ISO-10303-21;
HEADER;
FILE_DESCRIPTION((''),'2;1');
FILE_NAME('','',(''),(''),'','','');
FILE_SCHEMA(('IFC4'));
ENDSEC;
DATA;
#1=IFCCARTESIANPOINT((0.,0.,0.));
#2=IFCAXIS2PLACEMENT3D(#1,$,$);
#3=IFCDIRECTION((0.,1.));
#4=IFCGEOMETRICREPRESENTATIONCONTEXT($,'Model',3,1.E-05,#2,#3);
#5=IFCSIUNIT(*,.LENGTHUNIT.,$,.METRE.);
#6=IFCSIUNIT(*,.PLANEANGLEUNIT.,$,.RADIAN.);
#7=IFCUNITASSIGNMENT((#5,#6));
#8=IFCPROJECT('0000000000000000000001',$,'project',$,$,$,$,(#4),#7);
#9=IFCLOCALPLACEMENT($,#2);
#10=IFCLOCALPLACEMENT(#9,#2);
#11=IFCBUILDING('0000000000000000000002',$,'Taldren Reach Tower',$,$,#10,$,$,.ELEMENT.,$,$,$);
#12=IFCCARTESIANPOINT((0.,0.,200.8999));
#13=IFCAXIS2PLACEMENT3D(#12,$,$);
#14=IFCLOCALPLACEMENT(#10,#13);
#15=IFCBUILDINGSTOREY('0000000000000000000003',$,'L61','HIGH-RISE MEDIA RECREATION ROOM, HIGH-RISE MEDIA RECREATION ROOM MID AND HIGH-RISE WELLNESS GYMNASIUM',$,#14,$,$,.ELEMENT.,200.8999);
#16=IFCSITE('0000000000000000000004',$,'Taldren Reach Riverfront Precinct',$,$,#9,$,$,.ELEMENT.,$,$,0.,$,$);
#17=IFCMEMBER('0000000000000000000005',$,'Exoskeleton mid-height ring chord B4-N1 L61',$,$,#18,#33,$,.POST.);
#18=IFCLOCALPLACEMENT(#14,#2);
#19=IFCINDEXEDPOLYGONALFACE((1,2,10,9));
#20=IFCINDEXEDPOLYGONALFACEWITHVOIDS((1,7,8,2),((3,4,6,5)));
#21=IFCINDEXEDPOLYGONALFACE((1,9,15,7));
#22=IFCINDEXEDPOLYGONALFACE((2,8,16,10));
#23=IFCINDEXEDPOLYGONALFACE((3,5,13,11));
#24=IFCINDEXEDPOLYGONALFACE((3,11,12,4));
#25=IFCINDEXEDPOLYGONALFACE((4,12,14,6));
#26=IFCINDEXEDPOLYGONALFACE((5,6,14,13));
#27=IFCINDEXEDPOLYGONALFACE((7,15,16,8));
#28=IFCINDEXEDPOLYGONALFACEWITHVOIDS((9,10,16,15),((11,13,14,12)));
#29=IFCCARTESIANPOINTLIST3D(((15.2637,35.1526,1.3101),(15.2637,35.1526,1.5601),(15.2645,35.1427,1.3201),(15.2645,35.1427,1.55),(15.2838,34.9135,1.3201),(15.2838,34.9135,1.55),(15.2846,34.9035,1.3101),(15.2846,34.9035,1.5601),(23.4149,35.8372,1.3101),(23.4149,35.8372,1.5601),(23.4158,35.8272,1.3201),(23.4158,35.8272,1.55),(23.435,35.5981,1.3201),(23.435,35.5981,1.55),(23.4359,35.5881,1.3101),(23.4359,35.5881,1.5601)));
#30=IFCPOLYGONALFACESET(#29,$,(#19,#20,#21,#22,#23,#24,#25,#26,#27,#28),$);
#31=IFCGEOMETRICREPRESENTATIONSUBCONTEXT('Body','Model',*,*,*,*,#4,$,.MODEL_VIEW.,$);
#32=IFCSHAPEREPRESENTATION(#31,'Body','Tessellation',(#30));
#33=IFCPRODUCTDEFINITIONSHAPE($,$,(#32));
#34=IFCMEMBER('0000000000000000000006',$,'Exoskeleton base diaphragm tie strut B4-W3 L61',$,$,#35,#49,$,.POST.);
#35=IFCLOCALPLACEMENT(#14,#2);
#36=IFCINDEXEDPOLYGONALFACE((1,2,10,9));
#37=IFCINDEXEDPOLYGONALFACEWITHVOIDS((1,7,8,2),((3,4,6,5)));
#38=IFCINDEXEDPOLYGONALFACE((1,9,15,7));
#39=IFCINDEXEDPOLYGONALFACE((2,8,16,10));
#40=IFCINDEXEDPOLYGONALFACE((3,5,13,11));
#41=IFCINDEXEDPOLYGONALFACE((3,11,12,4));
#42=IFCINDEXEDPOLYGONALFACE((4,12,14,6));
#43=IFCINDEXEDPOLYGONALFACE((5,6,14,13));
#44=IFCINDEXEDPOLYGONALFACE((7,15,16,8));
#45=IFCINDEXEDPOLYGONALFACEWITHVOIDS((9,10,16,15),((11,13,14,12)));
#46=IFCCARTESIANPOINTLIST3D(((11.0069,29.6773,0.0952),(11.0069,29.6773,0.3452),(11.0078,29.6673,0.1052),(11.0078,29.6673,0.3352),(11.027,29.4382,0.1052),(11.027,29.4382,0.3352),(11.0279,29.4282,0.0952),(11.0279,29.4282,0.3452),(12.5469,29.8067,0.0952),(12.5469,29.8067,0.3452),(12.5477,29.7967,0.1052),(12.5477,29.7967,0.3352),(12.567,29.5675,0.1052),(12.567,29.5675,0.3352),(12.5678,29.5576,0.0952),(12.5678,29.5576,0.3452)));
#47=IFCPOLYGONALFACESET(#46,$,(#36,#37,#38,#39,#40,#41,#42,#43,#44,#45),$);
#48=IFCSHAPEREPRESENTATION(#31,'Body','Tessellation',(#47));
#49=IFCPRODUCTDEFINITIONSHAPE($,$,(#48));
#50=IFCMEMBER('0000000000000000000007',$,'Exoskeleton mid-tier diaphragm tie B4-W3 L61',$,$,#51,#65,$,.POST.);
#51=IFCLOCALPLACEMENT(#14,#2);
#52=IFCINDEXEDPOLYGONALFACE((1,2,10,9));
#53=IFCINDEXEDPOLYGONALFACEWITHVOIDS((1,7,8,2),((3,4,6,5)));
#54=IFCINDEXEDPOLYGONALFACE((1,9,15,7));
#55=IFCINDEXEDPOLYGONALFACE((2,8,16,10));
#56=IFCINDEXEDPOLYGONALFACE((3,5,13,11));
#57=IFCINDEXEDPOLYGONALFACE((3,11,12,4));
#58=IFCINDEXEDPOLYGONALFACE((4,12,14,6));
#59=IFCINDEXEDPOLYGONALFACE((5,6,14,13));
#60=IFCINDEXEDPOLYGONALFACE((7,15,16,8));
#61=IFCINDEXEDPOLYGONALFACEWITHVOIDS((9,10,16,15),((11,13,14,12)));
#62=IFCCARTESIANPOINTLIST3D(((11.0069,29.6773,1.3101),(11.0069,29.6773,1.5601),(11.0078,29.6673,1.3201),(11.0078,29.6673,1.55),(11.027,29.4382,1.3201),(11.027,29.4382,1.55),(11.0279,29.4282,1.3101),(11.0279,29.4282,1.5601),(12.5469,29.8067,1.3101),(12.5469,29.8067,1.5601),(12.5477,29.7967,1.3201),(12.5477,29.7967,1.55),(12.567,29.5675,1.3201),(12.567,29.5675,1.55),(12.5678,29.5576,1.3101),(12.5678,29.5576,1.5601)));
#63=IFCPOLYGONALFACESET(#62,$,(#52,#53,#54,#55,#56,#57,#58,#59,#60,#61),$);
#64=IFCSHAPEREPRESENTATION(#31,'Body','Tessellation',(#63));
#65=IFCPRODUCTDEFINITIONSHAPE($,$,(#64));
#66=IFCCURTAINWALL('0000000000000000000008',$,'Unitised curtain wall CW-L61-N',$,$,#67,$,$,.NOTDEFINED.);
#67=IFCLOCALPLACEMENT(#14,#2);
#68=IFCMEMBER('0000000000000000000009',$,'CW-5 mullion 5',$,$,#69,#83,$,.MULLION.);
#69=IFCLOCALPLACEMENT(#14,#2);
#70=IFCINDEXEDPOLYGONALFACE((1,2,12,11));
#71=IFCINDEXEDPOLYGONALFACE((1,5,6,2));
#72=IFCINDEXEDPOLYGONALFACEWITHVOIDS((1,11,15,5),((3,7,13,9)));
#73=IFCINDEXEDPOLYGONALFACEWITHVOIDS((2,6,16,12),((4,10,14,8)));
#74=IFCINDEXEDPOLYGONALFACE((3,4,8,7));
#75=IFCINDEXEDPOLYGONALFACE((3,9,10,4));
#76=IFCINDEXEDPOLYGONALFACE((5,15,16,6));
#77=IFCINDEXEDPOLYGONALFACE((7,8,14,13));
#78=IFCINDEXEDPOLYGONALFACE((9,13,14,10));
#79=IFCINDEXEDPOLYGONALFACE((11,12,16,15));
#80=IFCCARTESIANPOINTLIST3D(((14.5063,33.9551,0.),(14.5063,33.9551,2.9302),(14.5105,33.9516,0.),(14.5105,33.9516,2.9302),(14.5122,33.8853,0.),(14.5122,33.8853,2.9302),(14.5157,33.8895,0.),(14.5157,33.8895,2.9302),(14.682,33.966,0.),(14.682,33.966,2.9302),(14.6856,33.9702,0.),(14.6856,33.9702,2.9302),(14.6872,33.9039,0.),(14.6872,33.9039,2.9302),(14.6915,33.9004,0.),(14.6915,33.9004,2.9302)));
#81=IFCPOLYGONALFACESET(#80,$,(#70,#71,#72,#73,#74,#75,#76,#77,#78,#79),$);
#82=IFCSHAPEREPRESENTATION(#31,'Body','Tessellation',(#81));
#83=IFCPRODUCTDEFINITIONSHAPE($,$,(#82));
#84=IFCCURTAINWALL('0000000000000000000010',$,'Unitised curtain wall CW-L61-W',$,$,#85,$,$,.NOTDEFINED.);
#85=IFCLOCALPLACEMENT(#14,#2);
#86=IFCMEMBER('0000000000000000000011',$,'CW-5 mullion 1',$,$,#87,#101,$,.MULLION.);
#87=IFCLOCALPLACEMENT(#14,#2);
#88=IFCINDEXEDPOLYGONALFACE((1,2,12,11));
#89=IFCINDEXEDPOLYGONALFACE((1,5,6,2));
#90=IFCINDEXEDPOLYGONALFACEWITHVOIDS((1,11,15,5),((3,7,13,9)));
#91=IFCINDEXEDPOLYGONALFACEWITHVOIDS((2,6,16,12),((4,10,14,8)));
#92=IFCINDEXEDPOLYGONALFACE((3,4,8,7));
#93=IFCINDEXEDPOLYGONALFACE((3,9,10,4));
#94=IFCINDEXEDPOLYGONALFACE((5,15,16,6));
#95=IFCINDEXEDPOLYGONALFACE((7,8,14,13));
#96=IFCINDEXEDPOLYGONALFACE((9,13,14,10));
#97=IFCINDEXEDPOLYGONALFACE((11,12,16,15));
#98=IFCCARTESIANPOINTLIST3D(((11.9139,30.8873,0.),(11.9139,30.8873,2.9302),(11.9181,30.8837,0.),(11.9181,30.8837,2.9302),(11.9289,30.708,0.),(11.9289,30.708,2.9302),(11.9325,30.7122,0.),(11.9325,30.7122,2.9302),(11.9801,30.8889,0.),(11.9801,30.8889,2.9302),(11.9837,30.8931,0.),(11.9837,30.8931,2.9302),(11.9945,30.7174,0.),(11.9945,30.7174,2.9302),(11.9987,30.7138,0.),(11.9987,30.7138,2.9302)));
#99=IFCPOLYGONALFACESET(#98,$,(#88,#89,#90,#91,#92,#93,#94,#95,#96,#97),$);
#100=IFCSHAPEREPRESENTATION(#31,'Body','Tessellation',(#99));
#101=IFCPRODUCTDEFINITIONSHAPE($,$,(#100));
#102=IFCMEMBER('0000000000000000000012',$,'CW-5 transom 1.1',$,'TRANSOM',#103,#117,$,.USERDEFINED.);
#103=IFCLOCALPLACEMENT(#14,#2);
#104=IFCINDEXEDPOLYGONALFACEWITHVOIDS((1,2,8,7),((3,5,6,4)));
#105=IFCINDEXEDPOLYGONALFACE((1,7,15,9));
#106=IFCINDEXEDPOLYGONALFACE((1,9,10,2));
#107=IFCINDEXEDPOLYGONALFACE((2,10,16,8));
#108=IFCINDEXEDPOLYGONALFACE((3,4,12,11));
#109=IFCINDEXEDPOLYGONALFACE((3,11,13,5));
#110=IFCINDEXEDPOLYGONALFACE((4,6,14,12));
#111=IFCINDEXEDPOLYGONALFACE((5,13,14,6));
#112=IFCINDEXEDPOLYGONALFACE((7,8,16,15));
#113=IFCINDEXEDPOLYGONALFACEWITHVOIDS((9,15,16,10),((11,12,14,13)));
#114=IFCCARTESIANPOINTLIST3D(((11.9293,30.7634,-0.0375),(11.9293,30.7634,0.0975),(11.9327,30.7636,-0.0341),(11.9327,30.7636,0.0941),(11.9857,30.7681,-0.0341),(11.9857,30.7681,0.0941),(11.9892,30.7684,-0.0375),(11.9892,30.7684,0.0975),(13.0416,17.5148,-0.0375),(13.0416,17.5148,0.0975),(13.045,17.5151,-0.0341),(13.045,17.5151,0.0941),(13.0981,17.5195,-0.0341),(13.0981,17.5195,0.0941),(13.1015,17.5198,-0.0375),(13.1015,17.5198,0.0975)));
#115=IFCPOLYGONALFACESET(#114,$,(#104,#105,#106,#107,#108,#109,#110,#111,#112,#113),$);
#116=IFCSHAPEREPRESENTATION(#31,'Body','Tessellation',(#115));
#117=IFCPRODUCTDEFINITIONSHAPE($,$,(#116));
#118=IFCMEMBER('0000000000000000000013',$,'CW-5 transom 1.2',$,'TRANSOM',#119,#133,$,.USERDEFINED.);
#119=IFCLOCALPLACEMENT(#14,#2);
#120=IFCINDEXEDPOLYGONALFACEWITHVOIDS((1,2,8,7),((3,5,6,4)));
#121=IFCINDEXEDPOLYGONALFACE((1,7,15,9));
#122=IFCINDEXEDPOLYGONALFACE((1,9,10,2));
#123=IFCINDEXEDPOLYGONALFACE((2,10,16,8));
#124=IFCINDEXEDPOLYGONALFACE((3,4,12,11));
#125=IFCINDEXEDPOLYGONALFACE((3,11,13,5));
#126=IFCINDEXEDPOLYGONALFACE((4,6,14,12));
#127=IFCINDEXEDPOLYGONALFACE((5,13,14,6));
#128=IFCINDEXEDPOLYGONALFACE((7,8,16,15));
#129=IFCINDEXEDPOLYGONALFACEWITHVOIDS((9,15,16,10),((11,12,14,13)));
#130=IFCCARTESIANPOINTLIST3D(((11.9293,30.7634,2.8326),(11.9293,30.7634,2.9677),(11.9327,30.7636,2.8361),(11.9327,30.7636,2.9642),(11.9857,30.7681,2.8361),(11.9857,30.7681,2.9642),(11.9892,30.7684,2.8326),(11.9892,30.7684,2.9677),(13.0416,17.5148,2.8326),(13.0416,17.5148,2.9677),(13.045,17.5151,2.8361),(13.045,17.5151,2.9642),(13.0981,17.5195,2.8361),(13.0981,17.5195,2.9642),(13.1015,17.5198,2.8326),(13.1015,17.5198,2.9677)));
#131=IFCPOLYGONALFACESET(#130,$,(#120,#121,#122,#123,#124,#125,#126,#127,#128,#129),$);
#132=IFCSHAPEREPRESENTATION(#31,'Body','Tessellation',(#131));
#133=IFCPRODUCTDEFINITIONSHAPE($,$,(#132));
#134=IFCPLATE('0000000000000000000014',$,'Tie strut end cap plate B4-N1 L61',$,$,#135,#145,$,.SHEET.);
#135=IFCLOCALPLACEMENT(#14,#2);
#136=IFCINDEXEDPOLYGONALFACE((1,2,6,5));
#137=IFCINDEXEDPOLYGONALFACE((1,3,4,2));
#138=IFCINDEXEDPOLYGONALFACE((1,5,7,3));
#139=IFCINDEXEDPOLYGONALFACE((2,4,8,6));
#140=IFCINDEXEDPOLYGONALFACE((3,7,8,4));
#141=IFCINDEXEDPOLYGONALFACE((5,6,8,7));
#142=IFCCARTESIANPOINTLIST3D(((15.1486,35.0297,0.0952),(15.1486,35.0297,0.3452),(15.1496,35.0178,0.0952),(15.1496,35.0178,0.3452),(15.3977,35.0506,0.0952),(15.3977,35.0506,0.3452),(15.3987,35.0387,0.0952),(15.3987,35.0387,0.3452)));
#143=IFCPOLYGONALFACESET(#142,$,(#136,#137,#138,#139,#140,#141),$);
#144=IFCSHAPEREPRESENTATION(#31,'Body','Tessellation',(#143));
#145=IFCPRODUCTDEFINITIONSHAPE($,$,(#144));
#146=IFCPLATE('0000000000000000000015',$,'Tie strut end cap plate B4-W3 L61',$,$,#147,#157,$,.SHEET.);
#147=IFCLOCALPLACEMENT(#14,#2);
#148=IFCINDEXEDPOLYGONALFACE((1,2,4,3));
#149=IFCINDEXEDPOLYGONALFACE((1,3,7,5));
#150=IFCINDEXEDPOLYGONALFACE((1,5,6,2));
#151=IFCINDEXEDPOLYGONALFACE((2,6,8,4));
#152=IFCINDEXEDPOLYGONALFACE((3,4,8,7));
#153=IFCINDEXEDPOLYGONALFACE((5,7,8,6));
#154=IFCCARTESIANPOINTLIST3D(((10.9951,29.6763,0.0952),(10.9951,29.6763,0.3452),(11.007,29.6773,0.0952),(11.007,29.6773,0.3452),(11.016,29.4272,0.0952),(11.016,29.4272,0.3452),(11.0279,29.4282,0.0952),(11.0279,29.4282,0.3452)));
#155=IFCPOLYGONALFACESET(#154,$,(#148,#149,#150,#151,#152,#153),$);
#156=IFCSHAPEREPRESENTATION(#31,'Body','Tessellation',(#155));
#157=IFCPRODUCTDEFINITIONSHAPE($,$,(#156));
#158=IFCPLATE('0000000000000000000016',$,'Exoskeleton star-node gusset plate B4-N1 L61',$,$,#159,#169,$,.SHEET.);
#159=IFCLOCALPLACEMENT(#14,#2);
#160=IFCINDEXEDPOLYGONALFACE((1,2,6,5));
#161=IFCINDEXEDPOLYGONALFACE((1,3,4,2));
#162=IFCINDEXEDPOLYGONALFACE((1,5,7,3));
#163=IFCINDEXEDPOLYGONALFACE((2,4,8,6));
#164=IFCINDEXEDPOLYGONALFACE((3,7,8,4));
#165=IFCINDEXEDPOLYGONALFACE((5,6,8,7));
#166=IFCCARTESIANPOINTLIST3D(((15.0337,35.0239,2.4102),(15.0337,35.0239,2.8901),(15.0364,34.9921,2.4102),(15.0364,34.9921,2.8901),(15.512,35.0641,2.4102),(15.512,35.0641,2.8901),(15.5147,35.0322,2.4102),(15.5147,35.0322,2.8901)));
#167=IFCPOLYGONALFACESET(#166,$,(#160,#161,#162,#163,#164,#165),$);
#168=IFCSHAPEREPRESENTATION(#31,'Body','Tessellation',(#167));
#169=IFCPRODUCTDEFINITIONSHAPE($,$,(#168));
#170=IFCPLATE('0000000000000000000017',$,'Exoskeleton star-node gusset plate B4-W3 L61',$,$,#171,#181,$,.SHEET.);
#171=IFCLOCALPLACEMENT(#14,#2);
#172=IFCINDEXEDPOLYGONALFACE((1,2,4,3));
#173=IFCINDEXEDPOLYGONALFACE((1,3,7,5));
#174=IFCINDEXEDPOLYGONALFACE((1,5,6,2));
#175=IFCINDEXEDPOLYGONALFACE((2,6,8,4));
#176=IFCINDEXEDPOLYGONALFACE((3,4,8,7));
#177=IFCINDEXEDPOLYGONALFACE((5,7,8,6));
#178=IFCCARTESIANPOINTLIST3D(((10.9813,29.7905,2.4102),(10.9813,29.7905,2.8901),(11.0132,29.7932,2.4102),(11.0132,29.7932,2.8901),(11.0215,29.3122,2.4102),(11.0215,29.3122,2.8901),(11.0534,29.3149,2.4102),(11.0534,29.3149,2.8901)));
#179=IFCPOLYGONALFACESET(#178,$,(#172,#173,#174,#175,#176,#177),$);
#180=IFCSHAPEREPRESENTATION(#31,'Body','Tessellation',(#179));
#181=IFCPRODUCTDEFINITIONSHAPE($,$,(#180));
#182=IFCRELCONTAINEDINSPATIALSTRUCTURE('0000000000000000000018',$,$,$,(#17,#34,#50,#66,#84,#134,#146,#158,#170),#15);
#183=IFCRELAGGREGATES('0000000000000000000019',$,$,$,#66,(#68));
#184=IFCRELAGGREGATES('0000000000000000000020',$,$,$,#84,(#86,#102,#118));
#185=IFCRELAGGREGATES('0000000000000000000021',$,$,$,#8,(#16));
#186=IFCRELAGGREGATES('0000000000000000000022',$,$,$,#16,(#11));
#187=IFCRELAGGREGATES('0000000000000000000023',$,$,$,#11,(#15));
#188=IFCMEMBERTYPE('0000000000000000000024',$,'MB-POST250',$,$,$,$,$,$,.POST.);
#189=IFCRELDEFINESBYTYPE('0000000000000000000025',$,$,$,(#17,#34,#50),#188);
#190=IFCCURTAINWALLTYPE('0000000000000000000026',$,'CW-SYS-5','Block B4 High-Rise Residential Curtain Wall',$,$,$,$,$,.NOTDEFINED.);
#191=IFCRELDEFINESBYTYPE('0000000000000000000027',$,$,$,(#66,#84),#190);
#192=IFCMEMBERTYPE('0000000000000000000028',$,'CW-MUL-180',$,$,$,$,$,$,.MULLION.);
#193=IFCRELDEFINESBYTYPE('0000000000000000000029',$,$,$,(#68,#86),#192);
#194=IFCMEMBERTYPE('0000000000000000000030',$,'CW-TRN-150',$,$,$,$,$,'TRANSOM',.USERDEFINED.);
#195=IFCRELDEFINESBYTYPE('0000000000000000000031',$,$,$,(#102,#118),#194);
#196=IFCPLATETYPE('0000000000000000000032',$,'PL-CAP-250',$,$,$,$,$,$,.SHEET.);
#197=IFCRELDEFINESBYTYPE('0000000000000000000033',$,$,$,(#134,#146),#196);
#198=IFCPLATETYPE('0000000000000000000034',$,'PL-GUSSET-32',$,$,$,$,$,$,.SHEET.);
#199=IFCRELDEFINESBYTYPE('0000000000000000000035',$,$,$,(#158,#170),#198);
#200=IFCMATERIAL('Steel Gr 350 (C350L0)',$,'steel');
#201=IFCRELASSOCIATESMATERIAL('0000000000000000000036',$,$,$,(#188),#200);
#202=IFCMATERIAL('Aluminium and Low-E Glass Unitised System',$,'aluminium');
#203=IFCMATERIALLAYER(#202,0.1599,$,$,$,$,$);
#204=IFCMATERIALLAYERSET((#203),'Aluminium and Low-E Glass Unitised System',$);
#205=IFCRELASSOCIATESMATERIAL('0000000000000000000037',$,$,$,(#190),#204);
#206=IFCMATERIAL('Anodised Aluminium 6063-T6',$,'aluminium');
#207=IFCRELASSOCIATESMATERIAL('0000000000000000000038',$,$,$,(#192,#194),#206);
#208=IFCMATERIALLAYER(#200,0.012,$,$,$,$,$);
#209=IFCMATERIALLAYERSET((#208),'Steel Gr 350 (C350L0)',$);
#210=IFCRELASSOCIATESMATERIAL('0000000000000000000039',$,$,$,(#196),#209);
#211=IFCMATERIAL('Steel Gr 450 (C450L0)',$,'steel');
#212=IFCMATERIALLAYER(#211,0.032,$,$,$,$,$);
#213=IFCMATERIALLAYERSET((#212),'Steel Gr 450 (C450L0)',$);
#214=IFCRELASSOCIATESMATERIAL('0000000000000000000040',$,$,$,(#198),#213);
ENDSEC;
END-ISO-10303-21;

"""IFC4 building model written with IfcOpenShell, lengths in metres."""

from ifc_helpers import new_model, si_unit, direction, frame, origin, origin_2d, place, context, subcontext, project, spatial, rectangle, hollow_rectangle, extrude, source, transform, mapped, material, layer, layer_set, material_profile, profile_set, type_object, element, aggregate, save


model = new_model("IFC4")

# Units and contexts
model_context = context("Model", 3, precision=1e-05, world=origin(), true_north=direction((0.0, 1.0)))
body_context = subcontext(model_context, "Body", "Model", "MODEL_VIEW")
ifc_project = project(units=[si_unit("LENGTHUNIT", "METRE"), si_unit("PLANEANGLEUNIT", "RADIAN")], contexts=[model_context])

# Site, building, storey
site_placement = place(None, origin())
site = spatial("IfcSite", under=ifc_project, at=site_placement, Name="Taldren Reach Riverfront Precinct", CompositionType="ELEMENT", RefElevation=0.0)
building_placement = place(site_placement, origin())
building = spatial("IfcBuilding", under=site, at=building_placement, Name="Taldren Reach Tower", CompositionType="ELEMENT")
storey_placement = place(building_placement, frame((0.0, 0.0, 200.8999)))
storey = spatial("IfcBuildingStorey", under=building, at=storey_placement, Name="L61", Description="HIGH-RISE MEDIA RECREATION ROOM, HIGH-RISE MEDIA RECREATION ROOM MID AND HIGH-RISE WELLNESS GYMNASIUM", CompositionType="ELEMENT", Elevation=200.8999)

# Shared definitions
ifc_material_1 = material(Name="Steel Gr 350 (C350L0)", Category="steel")

# Shared definitions
ifc_material_profile_1 = material_profile(ifc_material_1, hollow_rectangle(XDim=0.25, YDim=0.25, WallThickness=0.01, at=origin_2d()), Name="250x250x10.0SHS")
ifc_profile_set_1 = profile_set([ifc_material_profile_1], Name="Steel Gr 350 (C350L0)")
member_type_1 = type_object("IfcMemberType", Name="MB-POST250", PredefinedType="POST", material=ifc_profile_set_1)

# Members
ifc_material_2 = material(Name="Steel Gr 450 (C450L0)", Category="steel")
shared_shape_1 = source(origin(), body_context, "Body", "SweptSolid", [
    extrude(hollow_rectangle(XDim=0.25, YDim=0.25, WallThickness=0.01, at=origin_2d()), origin(), (0.0, 0.0, 1.0), 8.1799),
])
member_1_placement = place(storey_placement, frame((15.2742, 35.0281, 1.4351), z_axis=(0.996492, 0.08369, 0.0), x_axis=(-0.08369, 0.996492, 0.0)))
element("IfcMember", 1, at=member_1_placement, inside=storey, type_object=member_type_1, Name="Exoskeleton mid-height ring chord B4-N1 L61", PredefinedType="POST", context=body_context, shape_type="MappedRepresentation", body=[
    mapped(shared_shape_1, transform((0.0, 0.0, 0.0), scale=1.0)),
])
shared_shape_2 = source(origin(), body_context, "Body", "SweptSolid", [
    extrude(hollow_rectangle(XDim=0.25, YDim=0.25, WallThickness=0.01, at=origin_2d()), origin(), (0.0, 0.0, 1.0), 1.5454),
])
for number, where, z_axis, x_axis, name in (
    (2, (12.5574, 29.6821, 0.2202), (-0.996489, -0.083725, 0.0), (0.083725, -0.996489, 0.0), "Exoskeleton base diaphragm tie strut B4-W3 L61"),
    (3, (12.5574, 29.6821, 1.4351), (-0.996489, -0.083725, 0.0), (0.083725, -0.996489, 0.0), "Exoskeleton mid-tier diaphragm tie B4-W3 L61"),
):
    element("IfcMember", number, at=place(storey_placement, frame(where, z_axis=z_axis, x_axis=x_axis)), inside=storey, type_object=member_type_1, Name=name, PredefinedType="POST", context=body_context, shape_type="MappedRepresentation", body=[
        mapped(shared_shape_2, transform((0.0, 0.0, 0.0), scale=1.0)),
    ])

# Curtain wall, member
ifc_material_3 = material(Name="Aluminium and Low-E Glass Unitised System", Category="aluminium")
ifc_layer_1 = layer(ifc_material_3, 0.1599)
ifc_layer_set_1 = layer_set([ifc_layer_1], Name="Aluminium and Low-E Glass Unitised System")
curtain_wall_type = type_object("IfcCurtainWallType", Name="CW-SYS-5", Description="Block B4 High-Rise Residential Curtain Wall", PredefinedType="NOTDEFINED", material=ifc_layer_set_1)
curtain_wall_1_placement = place(storey_placement, origin())
curtain_wall_1 = element("IfcCurtainWall", 4, at=curtain_wall_1_placement, inside=storey, type_object=curtain_wall_type, Name="Unitised curtain wall CW-L61-N", PredefinedType="NOTDEFINED")
ifc_material_4 = material(Name="Anodised Aluminium 6063-T6", Category="aluminium")
ifc_material_profile_2 = material_profile(ifc_material_4, hollow_rectangle(XDim=0.0701, YDim=0.1799, WallThickness=0.0039, at=origin_2d()), Name="ALU-180x70x4RHS")
ifc_profile_set_2 = profile_set([ifc_material_profile_2], Name="Anodised Aluminium 6063-T6")
member_type_2 = type_object("IfcMemberType", Name="CW-MUL-180", PredefinedType="MULLION", material=ifc_profile_set_2)
shared_shape_3 = source(origin(), body_context, "Body", "SweptSolid", [
    extrude(hollow_rectangle(XDim=0.0701, YDim=0.1799, WallThickness=0.0039, at=origin_2d()), origin(), (0.0, 0.0, 1.0), 2.9302),
])
member_2_placement = place(storey_placement, frame((14.5989, 33.9277, 0.0), z_axis=(0.0, 0.0, 1.0), x_axis=(0.083678, -0.996493, 0.0)))
member_2 = element("IfcMember", 5, at=member_2_placement, type_object=member_type_2, Name="CW-5 mullion 5", PredefinedType="MULLION", context=body_context, shape_type="MappedRepresentation", body=[
    mapped(shared_shape_3, transform((0.0, 0.0, 0.0), scale=1.0)),
])
aggregate(curtain_wall_1, [member_2])

# Curtain wall, members
curtain_wall_2_placement = place(storey_placement, origin())
curtain_wall_2 = element("IfcCurtainWall", 6, at=curtain_wall_2_placement, inside=storey, type_object=curtain_wall_type, Name="Unitised curtain wall CW-L61-W", PredefinedType="NOTDEFINED")
member_3_placement = place(storey_placement, frame((11.9563, 30.8005, 0.0), z_axis=(0.0, 0.0, 1.0), x_axis=(0.996493, 0.083678, 0.0)))
member_3 = element("IfcMember", 7, at=member_3_placement, type_object=member_type_2, Name="CW-5 mullion 1", PredefinedType="MULLION", context=body_context, shape_type="MappedRepresentation", body=[
    mapped(shared_shape_3, transform((0.0, 0.0, 0.0), scale=1.0)),
])
ifc_material_profile_3 = material_profile(ifc_material_4, hollow_rectangle(XDim=0.0601, YDim=0.135, WallThickness=0.0034, at=origin_2d()), Name="ALU-135x60x3.5RHS")
ifc_profile_set_3 = profile_set([ifc_material_profile_3], Name="Anodised Aluminium 6063-T6")
member_type_3 = type_object("IfcMemberType", Name="CW-TRN-150", ElementType="TRANSOM", PredefinedType="USERDEFINED", material=ifc_profile_set_3)
shared_shape_4 = source(origin(), body_context, "Body", "SweptSolid", [
    extrude(hollow_rectangle(XDim=0.0601, YDim=0.135, WallThickness=0.0034, at=origin_2d()), origin(), (0.0, 0.0, 1.0), 13.2952),
])
member_4_placement = place(storey_placement, frame((11.9592, 30.7659, 0.03), z_axis=(0.083662, -0.996494, 0.0), x_axis=(0.996494, 0.083662, 0.0)))
member_4 = element("IfcMember", 8, at=member_4_placement, type_object=member_type_3, Name="CW-5 transom 1.1", ObjectType="TRANSOM", PredefinedType="USERDEFINED", context=body_context, shape_type="MappedRepresentation", body=[
    mapped(shared_shape_4, transform((0.0, 0.0, 0.0), scale=1.0)),
])
member_5_placement = place(storey_placement, frame((11.9592, 30.7659, 2.9001), z_axis=(0.083662, -0.996494, 0.0), x_axis=(0.996494, 0.083662, 0.0)))
member_5 = element("IfcMember", 9, at=member_5_placement, type_object=member_type_3, Name="CW-5 transom 1.2", ObjectType="TRANSOM", PredefinedType="USERDEFINED", context=body_context, shape_type="MappedRepresentation", body=[
    mapped(shared_shape_4, transform((0.0, 0.0, 0.0), scale=1.0)),
])

# Plates
ifc_layer_2 = layer(ifc_material_1, 0.012)
ifc_layer_set_2 = layer_set([ifc_layer_2], Name="Steel Gr 350 (C350L0)")
plate_type_1 = type_object("IfcPlateType", Name="PL-CAP-250", PredefinedType="SHEET", material=ifc_layer_set_2)
shared_shape_5 = source(origin(), body_context, "Body", "SweptSolid", [
    extrude(rectangle(XDim=0.25, YDim=0.012, at=origin_2d()), origin(), (0.0, 0.0, 1.0), 0.25),
])
plate_1_placement = place(storey_placement, frame((15.2737, 35.0342, 0.0952), z_axis=(0.0, 0.0, 1.0), x_axis=(0.996493, 0.083678, 0.0)))
element("IfcPlate", 10, at=plate_1_placement, inside=storey, type_object=plate_type_1, Name="Tie strut end cap plate B4-N1 L61", PredefinedType="SHEET", context=body_context, shape_type="MappedRepresentation", body=[
    mapped(shared_shape_5, transform((0.0, 0.0, 0.0), scale=1.0)),
])
shared_shape_6 = source(origin(), body_context, "Body", "SweptSolid", [
    extrude(rectangle(XDim=0.012, YDim=0.25, at=origin_2d()), origin(), (0.0, 0.0, 1.0), 0.25),
])
plate_2_placement = place(storey_placement, frame((11.0115, 29.5522, 0.0952), z_axis=(0.0, 0.0, 1.0), x_axis=(0.996493, 0.083678, 0.0)))
element("IfcPlate", 11, at=plate_2_placement, inside=storey, type_object=plate_type_1, Name="Tie strut end cap plate B4-W3 L61", PredefinedType="SHEET", context=body_context, shape_type="MappedRepresentation", body=[
    mapped(shared_shape_6, transform((0.0, 0.0, 0.0), scale=1.0)),
])
ifc_layer_3 = layer(ifc_material_2, 0.032)
ifc_layer_set_3 = layer_set([ifc_layer_3], Name="Steel Gr 450 (C450L0)")
plate_type_2 = type_object("IfcPlateType", Name="PL-GUSSET-32", PredefinedType="SHEET", material=ifc_layer_set_3)
shared_shape_7 = source(origin(), body_context, "Body", "SweptSolid", [
    extrude(rectangle(XDim=0.48, YDim=0.032, at=origin_2d()), origin(), (0.0, 0.0, 1.0), 0.48),
])
for number, where, z_axis, x_axis, name in (
    (12, (15.2742, 35.0281, 2.4102), (0.0, 0.0, 1.0), (0.996493, 0.083678, 0.0), "Exoskeleton star-node gusset plate B4-N1 L61"),
    (13, (11.0173, 29.5527, 2.4102), (0.0, 0.0, 1.0), (-0.083678, 0.996493, 0.0), "Exoskeleton star-node gusset plate B4-W3 L61"),
):
    element("IfcPlate", number, at=place(storey_placement, frame(where, z_axis=z_axis, x_axis=x_axis)), inside=storey, type_object=plate_type_2, Name=name, PredefinedType="SHEET", context=body_context, shape_type="MappedRepresentation", body=[
        mapped(shared_shape_7, transform((0.0, 0.0, 0.0), scale=1.0)),
    ])

aggregate(curtain_wall_2, [member_3, member_4, member_5])

save(model, "model.ifc")
